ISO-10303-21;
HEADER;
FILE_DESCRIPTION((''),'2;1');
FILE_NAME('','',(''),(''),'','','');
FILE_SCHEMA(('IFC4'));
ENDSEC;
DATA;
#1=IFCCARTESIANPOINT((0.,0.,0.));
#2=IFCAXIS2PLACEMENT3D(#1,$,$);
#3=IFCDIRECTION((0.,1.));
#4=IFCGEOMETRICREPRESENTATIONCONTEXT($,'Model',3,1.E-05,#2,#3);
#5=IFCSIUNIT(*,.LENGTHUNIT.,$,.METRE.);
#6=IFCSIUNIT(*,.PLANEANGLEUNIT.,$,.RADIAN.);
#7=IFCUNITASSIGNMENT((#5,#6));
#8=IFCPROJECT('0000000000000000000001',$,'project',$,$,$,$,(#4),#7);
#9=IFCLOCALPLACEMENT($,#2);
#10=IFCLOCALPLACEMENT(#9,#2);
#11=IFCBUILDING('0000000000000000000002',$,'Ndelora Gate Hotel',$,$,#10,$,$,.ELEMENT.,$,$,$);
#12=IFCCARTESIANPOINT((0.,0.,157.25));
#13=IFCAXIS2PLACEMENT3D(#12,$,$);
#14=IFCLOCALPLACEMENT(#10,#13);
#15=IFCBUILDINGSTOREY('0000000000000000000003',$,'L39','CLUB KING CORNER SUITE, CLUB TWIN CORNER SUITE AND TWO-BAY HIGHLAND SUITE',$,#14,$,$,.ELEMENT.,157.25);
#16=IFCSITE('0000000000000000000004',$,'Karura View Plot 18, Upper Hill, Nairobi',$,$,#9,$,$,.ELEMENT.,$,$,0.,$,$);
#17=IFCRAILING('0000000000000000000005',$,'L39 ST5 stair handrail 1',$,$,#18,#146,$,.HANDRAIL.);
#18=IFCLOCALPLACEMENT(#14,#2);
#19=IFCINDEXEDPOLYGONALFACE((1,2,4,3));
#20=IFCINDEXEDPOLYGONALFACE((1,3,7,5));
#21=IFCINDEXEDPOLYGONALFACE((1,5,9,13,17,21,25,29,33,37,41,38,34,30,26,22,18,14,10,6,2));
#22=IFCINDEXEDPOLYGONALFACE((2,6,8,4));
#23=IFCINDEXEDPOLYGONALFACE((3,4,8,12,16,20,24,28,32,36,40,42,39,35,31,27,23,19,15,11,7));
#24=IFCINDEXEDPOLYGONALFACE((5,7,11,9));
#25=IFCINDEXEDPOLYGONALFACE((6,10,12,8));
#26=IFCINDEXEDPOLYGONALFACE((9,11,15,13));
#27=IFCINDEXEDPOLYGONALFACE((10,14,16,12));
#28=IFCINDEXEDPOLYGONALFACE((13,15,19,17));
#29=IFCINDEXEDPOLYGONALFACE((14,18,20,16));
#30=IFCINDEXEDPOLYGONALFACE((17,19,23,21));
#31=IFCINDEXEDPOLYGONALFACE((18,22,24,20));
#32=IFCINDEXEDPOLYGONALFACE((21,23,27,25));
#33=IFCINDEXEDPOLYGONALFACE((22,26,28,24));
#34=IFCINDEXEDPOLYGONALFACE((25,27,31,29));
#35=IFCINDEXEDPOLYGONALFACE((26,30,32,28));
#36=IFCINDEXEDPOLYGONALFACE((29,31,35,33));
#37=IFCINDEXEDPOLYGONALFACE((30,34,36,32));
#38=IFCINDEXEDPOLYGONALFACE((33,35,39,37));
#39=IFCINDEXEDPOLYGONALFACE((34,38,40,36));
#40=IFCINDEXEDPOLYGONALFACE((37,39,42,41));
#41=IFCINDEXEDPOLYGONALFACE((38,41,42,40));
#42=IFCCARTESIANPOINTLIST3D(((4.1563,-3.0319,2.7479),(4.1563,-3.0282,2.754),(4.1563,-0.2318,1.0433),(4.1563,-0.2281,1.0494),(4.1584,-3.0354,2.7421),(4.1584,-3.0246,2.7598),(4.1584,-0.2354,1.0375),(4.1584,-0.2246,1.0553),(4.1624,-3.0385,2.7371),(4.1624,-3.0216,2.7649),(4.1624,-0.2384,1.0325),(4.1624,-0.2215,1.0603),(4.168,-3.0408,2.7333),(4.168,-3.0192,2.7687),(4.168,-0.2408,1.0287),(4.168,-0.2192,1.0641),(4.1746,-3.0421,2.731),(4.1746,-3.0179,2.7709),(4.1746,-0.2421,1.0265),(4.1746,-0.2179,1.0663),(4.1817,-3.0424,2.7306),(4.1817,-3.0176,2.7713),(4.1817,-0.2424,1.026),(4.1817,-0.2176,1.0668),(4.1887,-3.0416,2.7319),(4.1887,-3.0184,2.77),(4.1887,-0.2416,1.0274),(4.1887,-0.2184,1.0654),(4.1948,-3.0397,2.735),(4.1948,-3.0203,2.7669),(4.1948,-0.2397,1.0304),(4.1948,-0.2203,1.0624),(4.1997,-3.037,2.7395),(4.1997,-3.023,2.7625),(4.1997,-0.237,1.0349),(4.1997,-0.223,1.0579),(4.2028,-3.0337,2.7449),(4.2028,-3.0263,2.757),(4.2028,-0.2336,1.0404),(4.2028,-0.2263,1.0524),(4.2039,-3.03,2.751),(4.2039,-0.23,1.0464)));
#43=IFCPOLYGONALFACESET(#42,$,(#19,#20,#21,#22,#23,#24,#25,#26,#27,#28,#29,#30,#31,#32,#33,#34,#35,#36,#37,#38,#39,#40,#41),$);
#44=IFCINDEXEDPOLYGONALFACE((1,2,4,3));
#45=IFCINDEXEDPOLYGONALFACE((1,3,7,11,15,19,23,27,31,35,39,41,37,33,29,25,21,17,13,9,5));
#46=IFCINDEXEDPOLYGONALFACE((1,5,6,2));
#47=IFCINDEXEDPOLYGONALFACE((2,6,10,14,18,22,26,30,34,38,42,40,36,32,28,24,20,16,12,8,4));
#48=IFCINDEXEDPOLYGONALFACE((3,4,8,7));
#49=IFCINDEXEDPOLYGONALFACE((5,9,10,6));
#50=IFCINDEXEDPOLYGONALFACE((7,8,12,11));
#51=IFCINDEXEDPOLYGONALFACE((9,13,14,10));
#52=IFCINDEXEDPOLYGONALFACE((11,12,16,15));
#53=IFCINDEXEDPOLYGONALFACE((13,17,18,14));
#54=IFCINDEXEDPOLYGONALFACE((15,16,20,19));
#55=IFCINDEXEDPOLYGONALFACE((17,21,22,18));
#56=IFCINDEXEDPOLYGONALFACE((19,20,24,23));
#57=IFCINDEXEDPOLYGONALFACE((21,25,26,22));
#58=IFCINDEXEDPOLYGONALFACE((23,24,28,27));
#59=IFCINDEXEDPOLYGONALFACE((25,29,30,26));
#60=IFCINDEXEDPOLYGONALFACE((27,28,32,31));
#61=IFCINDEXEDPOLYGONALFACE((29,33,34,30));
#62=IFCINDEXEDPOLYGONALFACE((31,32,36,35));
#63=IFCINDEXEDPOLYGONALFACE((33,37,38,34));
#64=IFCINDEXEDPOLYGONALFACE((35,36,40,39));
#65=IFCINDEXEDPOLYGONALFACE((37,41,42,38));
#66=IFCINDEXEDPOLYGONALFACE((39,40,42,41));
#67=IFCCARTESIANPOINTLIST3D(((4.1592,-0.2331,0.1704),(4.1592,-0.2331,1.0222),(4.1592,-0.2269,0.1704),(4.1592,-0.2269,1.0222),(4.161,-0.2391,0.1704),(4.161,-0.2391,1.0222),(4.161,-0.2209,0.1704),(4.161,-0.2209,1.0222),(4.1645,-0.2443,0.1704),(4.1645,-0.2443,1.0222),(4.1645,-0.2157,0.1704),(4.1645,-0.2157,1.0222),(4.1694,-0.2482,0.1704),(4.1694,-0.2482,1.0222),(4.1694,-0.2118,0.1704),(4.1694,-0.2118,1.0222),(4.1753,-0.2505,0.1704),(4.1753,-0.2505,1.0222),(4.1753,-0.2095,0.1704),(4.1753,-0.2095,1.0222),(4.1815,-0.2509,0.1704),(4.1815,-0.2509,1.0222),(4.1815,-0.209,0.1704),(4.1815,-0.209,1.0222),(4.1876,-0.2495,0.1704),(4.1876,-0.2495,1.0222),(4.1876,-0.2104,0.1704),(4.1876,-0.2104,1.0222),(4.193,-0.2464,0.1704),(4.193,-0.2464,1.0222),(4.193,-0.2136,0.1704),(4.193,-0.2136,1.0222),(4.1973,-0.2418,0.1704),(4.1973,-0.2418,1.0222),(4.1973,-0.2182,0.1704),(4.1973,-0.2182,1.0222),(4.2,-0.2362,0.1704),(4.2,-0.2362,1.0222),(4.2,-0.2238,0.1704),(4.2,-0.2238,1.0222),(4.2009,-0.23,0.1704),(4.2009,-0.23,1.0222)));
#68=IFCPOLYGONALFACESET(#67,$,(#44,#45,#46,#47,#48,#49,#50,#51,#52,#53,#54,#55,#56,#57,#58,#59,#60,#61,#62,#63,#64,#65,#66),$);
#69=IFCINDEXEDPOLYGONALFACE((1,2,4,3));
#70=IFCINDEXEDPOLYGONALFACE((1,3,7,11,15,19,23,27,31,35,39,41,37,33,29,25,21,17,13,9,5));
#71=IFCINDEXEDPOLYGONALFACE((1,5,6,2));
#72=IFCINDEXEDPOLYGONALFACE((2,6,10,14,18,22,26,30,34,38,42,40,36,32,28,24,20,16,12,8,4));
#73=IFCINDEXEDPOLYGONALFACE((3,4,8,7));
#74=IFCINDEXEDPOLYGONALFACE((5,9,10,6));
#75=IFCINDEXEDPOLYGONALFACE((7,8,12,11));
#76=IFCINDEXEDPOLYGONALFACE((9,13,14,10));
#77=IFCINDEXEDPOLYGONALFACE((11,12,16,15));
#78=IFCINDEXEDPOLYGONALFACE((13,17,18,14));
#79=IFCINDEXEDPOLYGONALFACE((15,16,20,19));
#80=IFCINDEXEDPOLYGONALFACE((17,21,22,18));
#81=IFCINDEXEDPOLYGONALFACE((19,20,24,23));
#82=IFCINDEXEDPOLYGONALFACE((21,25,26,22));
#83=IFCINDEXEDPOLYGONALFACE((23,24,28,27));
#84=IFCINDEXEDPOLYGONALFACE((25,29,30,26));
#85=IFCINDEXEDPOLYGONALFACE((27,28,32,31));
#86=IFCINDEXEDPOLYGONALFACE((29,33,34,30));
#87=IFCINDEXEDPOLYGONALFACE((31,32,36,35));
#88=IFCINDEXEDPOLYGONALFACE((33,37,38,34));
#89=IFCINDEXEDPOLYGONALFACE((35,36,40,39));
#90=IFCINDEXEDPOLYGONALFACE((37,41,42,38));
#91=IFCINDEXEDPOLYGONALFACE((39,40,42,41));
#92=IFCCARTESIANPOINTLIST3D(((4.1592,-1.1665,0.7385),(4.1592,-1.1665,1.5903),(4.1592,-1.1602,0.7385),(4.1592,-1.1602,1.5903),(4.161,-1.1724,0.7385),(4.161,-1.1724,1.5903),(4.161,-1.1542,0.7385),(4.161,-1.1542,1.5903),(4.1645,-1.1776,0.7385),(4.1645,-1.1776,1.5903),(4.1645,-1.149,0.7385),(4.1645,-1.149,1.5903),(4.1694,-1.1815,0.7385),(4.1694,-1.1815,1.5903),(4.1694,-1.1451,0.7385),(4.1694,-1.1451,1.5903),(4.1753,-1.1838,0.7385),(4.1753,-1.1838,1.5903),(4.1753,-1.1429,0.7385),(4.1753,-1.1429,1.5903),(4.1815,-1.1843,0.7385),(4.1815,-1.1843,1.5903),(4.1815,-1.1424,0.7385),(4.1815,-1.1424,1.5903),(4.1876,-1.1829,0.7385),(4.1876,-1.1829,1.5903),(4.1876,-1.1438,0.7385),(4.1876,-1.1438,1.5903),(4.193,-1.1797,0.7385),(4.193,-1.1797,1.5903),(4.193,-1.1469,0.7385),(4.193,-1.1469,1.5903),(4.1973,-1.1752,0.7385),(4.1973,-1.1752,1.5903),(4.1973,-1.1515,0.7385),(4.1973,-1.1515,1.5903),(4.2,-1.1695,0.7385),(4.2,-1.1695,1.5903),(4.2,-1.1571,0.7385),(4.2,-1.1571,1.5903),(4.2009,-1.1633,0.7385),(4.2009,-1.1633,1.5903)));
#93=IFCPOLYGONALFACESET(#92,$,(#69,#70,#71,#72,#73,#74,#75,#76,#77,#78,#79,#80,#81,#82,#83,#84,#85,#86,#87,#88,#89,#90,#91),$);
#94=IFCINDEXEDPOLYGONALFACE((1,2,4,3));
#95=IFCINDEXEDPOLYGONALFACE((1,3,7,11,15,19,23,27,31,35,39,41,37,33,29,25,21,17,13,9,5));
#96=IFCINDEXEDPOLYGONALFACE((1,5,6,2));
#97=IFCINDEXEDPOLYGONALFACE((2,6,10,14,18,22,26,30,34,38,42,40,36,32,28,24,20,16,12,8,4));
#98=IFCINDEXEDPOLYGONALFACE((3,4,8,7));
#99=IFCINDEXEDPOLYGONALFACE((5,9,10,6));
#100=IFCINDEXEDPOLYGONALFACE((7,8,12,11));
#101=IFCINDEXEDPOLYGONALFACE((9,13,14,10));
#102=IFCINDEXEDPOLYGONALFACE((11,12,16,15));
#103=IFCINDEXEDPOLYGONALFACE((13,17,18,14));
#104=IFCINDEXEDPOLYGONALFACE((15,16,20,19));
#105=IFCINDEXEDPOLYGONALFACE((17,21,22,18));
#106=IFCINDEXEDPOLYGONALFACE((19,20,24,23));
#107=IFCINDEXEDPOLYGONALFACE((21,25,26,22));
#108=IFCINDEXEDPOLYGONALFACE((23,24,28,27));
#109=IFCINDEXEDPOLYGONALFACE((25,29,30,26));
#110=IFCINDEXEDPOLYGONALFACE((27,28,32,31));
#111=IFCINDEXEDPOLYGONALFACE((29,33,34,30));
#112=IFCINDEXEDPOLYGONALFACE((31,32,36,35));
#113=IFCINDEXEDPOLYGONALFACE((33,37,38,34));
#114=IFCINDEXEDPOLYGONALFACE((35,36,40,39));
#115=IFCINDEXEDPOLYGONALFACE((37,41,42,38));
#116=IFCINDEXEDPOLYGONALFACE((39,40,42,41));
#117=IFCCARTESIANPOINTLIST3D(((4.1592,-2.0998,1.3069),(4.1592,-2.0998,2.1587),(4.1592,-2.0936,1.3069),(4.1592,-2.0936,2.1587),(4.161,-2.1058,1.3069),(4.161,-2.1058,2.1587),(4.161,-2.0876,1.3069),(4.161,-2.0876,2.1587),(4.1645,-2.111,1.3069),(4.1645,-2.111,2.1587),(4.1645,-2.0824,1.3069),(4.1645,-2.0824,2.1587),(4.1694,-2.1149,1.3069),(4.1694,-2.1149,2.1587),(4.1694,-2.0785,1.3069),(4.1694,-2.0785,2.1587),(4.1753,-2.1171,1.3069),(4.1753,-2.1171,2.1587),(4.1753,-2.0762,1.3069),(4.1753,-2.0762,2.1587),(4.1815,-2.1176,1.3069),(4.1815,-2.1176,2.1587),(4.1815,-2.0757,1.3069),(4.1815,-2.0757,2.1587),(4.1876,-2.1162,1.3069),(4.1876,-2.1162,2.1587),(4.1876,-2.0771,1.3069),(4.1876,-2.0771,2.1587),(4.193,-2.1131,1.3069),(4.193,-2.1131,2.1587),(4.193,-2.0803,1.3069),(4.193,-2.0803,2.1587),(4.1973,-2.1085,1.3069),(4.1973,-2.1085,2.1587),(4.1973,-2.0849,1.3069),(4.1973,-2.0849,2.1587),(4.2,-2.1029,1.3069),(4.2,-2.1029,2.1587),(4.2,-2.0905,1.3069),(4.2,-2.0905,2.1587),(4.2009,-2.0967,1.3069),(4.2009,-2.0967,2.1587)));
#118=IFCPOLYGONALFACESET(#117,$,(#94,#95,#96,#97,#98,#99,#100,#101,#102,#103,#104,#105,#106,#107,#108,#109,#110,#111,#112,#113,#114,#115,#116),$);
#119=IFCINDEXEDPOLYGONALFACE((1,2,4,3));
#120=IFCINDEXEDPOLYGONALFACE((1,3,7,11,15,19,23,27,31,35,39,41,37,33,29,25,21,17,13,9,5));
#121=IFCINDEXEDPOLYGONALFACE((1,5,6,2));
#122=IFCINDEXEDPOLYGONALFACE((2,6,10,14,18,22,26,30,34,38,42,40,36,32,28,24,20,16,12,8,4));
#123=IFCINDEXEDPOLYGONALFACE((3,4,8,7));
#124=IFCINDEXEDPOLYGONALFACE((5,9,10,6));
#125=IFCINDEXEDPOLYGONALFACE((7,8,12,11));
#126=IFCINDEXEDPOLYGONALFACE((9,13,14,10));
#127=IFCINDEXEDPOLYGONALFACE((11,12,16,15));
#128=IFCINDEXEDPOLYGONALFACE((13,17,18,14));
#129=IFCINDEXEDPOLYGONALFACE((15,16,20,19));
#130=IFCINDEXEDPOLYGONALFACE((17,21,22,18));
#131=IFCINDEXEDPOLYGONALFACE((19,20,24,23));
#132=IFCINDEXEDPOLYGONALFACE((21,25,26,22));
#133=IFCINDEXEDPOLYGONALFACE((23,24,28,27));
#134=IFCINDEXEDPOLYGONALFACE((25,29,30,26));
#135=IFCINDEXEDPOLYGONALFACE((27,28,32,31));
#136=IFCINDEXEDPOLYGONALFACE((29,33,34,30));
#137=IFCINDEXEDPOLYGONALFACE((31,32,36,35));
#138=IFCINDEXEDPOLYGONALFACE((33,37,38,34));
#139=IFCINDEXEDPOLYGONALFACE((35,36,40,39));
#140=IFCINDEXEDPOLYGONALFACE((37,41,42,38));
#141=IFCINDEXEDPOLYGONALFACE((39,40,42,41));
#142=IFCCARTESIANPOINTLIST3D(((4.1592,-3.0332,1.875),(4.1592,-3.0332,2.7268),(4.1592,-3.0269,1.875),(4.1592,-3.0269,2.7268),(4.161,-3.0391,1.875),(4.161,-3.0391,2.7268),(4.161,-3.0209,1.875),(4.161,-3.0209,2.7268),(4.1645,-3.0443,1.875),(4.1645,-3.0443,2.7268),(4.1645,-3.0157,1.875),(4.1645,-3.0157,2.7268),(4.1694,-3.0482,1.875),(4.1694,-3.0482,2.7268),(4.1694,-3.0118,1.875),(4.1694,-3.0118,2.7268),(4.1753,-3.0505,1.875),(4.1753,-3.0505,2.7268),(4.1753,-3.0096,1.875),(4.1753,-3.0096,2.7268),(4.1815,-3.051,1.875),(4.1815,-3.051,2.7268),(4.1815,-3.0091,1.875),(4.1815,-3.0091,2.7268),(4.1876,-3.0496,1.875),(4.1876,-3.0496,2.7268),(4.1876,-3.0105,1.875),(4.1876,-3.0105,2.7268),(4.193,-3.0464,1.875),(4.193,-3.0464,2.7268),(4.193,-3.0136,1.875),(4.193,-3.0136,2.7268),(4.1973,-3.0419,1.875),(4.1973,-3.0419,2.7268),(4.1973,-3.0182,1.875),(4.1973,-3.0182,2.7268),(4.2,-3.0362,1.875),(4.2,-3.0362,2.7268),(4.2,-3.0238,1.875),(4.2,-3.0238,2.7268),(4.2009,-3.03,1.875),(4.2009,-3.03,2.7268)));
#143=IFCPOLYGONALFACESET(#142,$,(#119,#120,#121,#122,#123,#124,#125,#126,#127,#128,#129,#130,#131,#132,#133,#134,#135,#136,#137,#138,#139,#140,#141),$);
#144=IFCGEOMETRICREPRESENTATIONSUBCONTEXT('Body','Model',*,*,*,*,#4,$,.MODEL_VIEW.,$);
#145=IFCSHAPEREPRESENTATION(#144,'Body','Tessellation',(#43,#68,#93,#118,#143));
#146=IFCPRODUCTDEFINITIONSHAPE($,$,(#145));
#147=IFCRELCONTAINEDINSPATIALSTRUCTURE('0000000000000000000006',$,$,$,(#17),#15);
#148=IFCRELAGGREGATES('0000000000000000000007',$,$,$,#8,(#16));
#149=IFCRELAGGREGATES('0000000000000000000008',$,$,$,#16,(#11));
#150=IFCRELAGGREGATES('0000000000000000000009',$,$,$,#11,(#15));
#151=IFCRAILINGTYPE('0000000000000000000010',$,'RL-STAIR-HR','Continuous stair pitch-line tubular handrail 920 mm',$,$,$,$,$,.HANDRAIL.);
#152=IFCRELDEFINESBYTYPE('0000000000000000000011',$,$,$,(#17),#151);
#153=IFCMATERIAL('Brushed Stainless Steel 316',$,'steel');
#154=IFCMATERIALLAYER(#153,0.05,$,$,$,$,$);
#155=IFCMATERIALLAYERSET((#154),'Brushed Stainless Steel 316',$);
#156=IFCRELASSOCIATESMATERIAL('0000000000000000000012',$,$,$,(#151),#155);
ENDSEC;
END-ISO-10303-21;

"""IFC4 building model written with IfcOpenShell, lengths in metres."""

from ifc_helpers import new_model, si_unit, direction, frame, origin, origin_2d, place, context, subcontext, project, spatial, circle, extrude, material, layer, layer_set, type_object, element, save


model = new_model("IFC4")

# Units and contexts
model_context = context("Model", 3, precision=1e-05, world=origin(), true_north=direction((0.0, 1.0)))
body_context = subcontext(model_context, "Body", "Model", "MODEL_VIEW")
ifc_project = project(units=[si_unit("LENGTHUNIT", "METRE"), si_unit("PLANEANGLEUNIT", "RADIAN")], contexts=[model_context])

# Site, building, storey
site_placement = place(None, origin())
site = spatial("IfcSite", under=ifc_project, at=site_placement, Name="Karura View Plot 18, Upper Hill, Nairobi", CompositionType="ELEMENT", RefElevation=0.0)
building_placement = place(site_placement, origin())
building = spatial("IfcBuilding", under=site, at=building_placement, Name="Ndelora Gate Hotel", CompositionType="ELEMENT")
storey_placement = place(building_placement, frame((0.0, 0.0, 157.25)))
storey = spatial("IfcBuildingStorey", under=building, at=storey_placement, Name="L39", Description="CLUB KING CORNER SUITE, CLUB TWIN CORNER SUITE AND TWO-BAY HIGHLAND SUITE", CompositionType="ELEMENT", Elevation=157.25)

# Railing
ifc_material_1 = material(Name="Brushed Stainless Steel 316", Category="steel")
ifc_layer_1 = layer(ifc_material_1, 0.05)
ifc_layer_set_1 = layer_set([ifc_layer_1], Name="Brushed Stainless Steel 316")
railing_type_1 = type_object("IfcRailingType", Name="RL-STAIR-HR", Description="Continuous stair pitch-line tubular handrail 920 mm", PredefinedType="HANDRAIL", material=ifc_layer_set_1)
railing_1_placement = place(storey_placement, frame((4.1799, -0.23, 0.1704)))
element("IfcRailing", 1, at=railing_1_placement, inside=storey, type_object=railing_type_1, Name="L39 ST5 stair handrail 1", PredefinedType="HANDRAIL", context=body_context, shape_type="SweptSolid", body=[
    extrude(circle(Radius=0.0239, at=origin_2d()), frame((0.0, 0.0, 0.876), z_axis=(0.0, -0.85417, 0.519994), x_axis=(1.0, 0.0, 0.0)), (0.0, 0.0, 1.0), 3.2781),
    extrude(circle(Radius=0.021, at=origin_2d()), origin(), (0.0, 0.0, 1.0), 0.8518),
    extrude(circle(Radius=0.021, at=origin_2d()), frame((0.0, -0.9333, 0.5681)), (0.0, 0.0, 1.0), 0.8518),
    extrude(circle(Radius=0.021, at=origin_2d()), frame((0.0, -1.8667, 1.1365)), (0.0, 0.0, 1.0), 0.8518),
    extrude(circle(Radius=0.021, at=origin_2d()), frame((0.0, -2.8, 1.7046)), (0.0, 0.0, 1.0), 0.8518),
])

save(model, "model.ifc")
